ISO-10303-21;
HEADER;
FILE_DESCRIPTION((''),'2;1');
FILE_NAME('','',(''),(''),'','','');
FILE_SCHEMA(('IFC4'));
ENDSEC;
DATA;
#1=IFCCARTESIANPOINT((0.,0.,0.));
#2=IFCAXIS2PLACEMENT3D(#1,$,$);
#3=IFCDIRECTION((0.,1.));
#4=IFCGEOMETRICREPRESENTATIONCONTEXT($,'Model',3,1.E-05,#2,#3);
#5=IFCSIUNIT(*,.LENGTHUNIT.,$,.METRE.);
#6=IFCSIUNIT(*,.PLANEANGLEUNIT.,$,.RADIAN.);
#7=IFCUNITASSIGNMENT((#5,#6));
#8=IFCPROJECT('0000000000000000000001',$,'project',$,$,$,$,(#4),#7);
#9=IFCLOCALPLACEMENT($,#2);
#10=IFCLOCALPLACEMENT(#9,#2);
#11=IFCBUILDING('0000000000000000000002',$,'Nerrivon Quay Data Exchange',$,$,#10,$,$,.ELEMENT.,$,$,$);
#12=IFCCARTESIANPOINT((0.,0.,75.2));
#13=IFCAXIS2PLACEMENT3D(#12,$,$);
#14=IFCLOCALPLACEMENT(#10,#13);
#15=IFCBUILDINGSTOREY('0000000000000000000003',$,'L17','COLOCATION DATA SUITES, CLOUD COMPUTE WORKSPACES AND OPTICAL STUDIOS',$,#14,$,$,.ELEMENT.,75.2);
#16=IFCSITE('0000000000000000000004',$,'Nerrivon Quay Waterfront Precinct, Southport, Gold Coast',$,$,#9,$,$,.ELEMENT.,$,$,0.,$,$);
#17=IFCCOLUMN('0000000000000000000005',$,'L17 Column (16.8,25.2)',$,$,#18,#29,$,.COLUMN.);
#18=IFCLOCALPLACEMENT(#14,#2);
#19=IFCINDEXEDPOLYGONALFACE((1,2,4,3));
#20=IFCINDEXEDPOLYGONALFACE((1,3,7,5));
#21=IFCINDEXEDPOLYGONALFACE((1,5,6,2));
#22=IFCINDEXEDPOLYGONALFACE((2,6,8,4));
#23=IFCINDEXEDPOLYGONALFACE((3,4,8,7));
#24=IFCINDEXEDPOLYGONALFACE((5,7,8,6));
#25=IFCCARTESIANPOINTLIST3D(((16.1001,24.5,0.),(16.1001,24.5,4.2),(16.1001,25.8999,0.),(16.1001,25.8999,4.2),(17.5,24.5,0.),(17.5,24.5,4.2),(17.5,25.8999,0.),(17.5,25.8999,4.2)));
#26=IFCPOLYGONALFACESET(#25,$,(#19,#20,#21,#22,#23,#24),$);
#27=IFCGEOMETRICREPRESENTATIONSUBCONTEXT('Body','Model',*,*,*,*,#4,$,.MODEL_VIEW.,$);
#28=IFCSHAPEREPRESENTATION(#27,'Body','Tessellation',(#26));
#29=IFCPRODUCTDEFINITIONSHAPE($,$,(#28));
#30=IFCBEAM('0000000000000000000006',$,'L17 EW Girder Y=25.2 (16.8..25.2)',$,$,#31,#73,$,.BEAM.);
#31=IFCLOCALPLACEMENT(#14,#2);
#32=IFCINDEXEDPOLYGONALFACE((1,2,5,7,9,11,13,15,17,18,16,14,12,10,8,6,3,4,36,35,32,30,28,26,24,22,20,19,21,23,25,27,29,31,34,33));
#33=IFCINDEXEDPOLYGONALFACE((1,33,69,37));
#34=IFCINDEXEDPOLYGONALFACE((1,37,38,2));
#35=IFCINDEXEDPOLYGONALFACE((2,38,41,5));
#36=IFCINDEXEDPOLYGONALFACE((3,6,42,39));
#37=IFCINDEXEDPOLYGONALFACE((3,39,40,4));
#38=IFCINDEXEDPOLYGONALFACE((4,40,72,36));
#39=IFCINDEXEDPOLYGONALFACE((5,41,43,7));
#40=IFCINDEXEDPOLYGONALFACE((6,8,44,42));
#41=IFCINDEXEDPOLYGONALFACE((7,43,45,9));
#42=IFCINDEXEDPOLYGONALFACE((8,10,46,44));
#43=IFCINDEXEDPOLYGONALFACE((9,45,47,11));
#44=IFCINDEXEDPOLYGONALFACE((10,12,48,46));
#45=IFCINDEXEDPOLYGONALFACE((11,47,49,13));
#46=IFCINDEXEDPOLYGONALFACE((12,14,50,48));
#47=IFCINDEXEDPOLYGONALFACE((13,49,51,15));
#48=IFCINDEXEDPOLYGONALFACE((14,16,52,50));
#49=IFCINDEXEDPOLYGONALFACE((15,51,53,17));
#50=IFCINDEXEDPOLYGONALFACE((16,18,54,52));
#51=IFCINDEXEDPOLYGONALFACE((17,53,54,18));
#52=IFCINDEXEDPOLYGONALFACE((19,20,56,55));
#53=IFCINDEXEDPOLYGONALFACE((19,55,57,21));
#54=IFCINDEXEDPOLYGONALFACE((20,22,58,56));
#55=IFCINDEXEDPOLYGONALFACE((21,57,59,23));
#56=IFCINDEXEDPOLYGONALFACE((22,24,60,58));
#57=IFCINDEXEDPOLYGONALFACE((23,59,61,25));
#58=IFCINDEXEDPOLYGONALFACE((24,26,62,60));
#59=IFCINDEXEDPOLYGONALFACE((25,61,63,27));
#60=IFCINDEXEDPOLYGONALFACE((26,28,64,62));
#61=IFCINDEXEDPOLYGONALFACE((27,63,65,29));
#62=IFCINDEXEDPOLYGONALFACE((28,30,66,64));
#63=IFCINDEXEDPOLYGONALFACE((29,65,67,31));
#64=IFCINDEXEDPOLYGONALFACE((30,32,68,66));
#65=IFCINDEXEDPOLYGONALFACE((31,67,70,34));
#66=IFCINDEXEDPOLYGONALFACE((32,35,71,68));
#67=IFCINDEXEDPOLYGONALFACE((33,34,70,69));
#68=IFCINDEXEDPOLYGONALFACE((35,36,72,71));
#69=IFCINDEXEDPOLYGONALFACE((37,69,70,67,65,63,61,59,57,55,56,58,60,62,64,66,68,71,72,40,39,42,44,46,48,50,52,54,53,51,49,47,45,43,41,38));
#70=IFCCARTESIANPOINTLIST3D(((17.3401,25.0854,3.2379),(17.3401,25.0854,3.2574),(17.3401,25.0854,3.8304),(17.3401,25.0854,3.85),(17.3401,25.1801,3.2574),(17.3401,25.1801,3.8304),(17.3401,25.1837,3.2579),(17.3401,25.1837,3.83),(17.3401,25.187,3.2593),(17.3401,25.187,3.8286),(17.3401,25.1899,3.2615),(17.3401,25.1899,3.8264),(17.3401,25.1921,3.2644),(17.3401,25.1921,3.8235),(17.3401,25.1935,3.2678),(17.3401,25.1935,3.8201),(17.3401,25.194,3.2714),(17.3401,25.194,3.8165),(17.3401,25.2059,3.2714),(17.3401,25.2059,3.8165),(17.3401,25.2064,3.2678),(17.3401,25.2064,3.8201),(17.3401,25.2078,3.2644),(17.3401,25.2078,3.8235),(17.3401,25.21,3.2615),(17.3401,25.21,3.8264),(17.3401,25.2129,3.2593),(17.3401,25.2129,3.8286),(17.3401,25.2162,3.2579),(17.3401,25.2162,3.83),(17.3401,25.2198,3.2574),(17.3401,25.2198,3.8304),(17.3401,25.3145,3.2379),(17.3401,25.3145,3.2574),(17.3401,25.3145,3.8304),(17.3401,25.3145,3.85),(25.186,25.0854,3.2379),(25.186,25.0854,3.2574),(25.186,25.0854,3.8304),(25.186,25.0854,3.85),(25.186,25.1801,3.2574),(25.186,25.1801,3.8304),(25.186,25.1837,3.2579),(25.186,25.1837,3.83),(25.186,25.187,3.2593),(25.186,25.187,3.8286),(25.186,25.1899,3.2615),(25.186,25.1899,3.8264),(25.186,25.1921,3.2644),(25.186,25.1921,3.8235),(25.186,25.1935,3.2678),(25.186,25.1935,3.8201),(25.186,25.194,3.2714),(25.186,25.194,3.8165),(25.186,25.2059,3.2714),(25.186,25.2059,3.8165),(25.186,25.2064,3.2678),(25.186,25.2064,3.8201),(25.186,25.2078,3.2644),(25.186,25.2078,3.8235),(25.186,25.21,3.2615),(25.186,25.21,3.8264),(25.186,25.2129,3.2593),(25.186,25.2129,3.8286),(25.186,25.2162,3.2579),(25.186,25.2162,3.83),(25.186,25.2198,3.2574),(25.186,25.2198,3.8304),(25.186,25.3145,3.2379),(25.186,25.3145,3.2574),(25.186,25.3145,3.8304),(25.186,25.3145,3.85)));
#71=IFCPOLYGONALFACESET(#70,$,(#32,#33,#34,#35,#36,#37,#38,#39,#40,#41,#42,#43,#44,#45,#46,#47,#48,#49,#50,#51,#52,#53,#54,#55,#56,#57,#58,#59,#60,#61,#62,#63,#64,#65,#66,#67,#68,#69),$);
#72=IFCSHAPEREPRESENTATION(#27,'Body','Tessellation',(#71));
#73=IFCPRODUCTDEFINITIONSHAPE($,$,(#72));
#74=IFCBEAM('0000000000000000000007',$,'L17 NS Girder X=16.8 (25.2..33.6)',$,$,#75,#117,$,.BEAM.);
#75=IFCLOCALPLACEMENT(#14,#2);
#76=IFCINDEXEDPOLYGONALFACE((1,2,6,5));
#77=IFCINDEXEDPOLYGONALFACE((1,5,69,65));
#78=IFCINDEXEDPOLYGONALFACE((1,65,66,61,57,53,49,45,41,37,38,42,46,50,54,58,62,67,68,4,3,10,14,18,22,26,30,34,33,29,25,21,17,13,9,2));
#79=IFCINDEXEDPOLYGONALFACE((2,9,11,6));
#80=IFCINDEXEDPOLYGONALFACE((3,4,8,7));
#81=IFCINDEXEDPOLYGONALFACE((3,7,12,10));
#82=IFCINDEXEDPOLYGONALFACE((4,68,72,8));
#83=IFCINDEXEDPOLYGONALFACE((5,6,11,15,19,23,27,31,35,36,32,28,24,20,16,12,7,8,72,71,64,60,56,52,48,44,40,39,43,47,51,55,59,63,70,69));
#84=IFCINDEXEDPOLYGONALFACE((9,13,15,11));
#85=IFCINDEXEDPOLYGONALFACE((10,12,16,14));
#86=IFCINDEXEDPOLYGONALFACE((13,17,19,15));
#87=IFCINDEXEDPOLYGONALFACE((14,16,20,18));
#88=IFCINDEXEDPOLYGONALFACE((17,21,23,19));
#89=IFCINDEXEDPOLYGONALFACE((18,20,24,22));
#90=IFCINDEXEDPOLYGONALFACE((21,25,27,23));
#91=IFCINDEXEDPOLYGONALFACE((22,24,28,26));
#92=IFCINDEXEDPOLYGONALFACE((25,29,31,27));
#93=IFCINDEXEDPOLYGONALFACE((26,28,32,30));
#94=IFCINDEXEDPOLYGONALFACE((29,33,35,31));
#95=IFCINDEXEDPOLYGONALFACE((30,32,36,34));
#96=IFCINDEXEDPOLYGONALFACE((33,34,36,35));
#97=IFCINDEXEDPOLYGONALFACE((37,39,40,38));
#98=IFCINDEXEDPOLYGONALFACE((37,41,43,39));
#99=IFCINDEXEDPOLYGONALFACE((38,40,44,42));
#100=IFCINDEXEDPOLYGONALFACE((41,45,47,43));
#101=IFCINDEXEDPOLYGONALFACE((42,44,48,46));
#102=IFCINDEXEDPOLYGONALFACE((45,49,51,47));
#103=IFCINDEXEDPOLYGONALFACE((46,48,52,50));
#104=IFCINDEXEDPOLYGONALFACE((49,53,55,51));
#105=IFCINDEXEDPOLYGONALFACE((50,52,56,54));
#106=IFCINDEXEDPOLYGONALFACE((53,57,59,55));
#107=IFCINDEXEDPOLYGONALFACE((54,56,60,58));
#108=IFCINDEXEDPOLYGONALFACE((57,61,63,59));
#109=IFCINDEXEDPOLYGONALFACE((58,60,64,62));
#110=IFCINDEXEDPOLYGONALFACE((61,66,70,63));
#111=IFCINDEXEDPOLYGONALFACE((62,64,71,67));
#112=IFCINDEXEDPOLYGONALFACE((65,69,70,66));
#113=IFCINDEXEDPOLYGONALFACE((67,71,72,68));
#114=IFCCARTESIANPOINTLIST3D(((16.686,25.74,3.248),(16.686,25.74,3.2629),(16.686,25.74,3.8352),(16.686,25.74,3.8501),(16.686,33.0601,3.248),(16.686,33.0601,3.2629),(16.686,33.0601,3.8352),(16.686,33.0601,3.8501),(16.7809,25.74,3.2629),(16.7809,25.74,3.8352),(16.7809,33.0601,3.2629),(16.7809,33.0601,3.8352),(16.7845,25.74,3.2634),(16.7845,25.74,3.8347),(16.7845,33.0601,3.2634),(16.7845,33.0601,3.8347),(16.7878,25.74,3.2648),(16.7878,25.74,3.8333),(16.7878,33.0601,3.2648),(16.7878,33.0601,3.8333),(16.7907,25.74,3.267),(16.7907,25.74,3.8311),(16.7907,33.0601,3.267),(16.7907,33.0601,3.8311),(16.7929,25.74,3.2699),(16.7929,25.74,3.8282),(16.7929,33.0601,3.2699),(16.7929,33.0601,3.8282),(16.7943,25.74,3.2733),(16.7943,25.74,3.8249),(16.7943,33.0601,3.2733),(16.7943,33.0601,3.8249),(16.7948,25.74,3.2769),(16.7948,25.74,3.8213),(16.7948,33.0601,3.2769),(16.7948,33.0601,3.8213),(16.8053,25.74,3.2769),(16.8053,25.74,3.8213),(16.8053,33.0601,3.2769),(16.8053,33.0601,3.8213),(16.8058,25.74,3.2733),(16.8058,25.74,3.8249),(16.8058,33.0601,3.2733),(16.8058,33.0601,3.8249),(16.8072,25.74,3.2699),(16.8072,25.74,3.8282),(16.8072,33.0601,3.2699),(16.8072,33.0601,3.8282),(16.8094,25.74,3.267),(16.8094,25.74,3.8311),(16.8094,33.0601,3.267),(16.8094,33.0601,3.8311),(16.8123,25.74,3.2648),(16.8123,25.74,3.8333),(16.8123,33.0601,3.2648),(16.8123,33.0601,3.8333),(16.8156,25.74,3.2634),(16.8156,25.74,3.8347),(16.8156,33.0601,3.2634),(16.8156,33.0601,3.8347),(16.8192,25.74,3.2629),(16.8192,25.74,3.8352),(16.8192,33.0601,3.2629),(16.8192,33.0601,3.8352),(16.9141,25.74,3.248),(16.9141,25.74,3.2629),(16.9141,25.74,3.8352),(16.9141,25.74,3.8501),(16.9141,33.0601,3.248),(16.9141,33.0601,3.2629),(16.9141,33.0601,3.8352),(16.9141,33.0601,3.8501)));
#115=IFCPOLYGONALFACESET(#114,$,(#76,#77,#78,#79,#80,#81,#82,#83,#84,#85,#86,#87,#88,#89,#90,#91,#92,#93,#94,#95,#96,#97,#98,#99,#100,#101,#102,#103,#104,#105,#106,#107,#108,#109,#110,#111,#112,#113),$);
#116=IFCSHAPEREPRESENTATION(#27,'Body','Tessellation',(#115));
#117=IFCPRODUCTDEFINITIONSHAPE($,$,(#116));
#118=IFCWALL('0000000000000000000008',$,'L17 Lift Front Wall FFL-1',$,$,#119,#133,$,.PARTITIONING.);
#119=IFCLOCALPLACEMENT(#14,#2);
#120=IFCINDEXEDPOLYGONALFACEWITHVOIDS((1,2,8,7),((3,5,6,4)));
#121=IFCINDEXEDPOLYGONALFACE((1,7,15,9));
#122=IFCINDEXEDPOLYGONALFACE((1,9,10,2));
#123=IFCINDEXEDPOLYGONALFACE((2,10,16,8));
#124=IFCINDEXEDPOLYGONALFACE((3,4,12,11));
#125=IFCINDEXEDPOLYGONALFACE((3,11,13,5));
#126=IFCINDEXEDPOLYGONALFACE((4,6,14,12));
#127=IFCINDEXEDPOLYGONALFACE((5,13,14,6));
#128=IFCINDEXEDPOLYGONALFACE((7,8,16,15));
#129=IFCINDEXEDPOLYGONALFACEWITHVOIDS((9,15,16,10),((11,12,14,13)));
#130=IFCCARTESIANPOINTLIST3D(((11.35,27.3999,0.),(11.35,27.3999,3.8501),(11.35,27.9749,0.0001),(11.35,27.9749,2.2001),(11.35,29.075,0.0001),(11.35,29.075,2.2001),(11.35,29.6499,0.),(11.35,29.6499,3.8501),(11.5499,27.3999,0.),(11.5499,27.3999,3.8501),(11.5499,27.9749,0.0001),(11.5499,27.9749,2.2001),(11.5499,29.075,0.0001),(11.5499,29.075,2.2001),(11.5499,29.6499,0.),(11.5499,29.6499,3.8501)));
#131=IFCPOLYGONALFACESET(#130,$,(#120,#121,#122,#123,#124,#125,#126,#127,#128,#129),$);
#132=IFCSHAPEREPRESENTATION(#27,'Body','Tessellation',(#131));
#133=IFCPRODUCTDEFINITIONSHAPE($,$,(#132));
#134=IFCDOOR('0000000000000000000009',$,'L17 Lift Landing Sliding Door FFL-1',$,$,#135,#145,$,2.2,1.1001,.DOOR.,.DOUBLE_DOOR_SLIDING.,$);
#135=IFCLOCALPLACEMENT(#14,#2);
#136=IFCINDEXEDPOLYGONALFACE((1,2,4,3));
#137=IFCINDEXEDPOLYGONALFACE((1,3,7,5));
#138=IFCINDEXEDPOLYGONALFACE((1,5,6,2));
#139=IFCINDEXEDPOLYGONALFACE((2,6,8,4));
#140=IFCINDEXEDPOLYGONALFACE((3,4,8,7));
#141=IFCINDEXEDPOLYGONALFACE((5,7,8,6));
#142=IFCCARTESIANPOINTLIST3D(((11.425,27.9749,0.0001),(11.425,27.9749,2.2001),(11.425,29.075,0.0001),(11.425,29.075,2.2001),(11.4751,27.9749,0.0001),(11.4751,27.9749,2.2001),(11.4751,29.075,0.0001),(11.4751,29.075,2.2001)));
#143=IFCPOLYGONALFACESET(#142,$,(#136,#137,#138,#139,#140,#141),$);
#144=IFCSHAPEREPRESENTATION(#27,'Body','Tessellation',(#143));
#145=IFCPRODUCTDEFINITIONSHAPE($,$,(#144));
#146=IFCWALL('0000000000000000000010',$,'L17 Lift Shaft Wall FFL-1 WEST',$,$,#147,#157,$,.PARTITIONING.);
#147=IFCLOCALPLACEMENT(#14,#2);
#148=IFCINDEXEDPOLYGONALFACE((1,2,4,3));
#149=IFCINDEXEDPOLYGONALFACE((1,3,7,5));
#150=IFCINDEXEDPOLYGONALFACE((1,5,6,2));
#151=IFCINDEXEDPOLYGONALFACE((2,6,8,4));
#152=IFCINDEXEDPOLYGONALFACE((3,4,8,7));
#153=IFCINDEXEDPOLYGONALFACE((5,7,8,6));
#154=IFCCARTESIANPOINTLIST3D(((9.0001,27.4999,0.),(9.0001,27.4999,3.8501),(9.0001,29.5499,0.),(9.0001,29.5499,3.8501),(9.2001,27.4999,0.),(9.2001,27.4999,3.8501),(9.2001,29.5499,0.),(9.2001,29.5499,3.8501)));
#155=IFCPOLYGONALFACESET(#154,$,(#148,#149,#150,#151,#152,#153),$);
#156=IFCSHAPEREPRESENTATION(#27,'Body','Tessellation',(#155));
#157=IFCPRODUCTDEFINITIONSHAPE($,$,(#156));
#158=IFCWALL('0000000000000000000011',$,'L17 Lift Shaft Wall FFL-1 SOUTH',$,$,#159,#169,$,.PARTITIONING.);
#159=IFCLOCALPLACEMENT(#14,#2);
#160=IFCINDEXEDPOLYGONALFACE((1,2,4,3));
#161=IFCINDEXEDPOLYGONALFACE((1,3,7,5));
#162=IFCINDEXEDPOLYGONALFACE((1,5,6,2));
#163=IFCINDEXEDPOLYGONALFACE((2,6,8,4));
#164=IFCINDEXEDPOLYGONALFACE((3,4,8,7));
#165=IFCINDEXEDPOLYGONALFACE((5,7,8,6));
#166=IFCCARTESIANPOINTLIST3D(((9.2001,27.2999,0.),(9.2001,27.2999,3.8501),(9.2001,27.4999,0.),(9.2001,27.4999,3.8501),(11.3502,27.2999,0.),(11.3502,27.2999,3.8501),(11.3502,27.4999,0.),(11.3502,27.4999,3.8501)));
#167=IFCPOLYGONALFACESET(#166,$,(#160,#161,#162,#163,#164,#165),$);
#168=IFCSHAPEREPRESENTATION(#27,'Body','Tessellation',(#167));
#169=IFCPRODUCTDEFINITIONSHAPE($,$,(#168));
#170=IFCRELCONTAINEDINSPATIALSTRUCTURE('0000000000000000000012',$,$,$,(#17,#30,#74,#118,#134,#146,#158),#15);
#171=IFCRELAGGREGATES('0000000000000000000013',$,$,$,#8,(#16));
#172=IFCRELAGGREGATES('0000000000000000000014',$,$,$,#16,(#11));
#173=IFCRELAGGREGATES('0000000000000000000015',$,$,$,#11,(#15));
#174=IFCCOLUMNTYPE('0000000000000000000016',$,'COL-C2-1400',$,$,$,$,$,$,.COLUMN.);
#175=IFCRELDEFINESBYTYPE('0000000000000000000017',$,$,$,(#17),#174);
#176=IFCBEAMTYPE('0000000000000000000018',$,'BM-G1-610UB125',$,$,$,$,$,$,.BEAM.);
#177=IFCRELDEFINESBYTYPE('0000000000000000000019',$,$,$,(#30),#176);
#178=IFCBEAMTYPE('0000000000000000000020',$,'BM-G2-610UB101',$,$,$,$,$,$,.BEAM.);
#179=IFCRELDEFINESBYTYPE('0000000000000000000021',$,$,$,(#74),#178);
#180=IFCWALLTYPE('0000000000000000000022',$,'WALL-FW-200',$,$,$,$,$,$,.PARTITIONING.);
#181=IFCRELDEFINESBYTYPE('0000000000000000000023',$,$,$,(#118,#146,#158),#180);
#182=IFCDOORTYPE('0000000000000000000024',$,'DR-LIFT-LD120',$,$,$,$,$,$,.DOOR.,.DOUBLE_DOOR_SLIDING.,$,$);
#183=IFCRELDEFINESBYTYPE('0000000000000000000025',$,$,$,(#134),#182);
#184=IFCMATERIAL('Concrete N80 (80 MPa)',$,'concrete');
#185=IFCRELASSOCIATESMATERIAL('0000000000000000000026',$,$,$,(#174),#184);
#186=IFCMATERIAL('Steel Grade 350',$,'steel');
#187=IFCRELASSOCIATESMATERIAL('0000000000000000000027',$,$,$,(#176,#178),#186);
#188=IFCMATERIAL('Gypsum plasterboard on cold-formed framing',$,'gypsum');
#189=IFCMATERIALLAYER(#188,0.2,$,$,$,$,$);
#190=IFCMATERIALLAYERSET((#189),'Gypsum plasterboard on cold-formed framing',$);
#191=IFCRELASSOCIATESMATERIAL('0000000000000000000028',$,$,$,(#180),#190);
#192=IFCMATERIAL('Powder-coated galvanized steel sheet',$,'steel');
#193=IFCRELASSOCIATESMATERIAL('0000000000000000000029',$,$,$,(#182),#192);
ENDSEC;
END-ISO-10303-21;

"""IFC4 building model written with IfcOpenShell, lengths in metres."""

from ifc_helpers import new_model, si_unit, direction, frame, frame_2d, origin, origin_2d, place, context, subcontext, project, spatial, rectangle, i_section, extrude, material, layer, layer_set, material_profile, profile_set, type_object, element, fill, save


model = new_model("IFC4")

# Units and contexts
model_context = context("Model", 3, precision=1e-05, world=origin(), true_north=direction((0.0, 1.0)))
body_context = subcontext(model_context, "Body", "Model", "MODEL_VIEW")
ifc_project = project(units=[si_unit("LENGTHUNIT", "METRE"), si_unit("PLANEANGLEUNIT", "RADIAN")], contexts=[model_context])

# Site, building, storey
site_placement = place(None, origin())
site = spatial("IfcSite", under=ifc_project, at=site_placement, Name="Nerrivon Quay Waterfront Precinct, Southport, Gold Coast", CompositionType="ELEMENT", RefElevation=0.0)
building_placement = place(site_placement, origin())
building = spatial("IfcBuilding", under=site, at=building_placement, Name="Nerrivon Quay Data Exchange", CompositionType="ELEMENT")
storey_placement = place(building_placement, frame((0.0, 0.0, 75.2)))
storey = spatial("IfcBuildingStorey", under=building, at=storey_placement, Name="L17", Description="COLOCATION DATA SUITES, CLOUD COMPUTE WORKSPACES AND OPTICAL STUDIOS", CompositionType="ELEMENT", Elevation=75.2)

# Column
ifc_material_1 = material(Name="Concrete N80 (80 MPa)", Category="concrete")
ifc_material_profile_1 = material_profile(ifc_material_1, rectangle(XDim=1.3999, YDim=1.3999, at=origin_2d()), Name="RC-COL-1400x1400")
ifc_profile_set_1 = profile_set([ifc_material_profile_1], Name="Concrete N80 (80 MPa)")
column_type = type_object("IfcColumnType", Name="COL-C2-1400", PredefinedType="COLUMN", material=ifc_profile_set_1)
column_placement = place(storey_placement, frame((16.8, 25.2, 0.0), z_axis=(0.0, 0.0, 1.0), x_axis=(1.0, 0.0, 0.0)))
element("IfcColumn", 1, at=column_placement, inside=storey, type_object=column_type, Name="L17 Column (16.8,25.2)", PredefinedType="COLUMN", context=body_context, shape_type="SweptSolid", body=[
    extrude(rectangle(XDim=1.3999, YDim=1.3999, at=origin_2d()), origin(), (0.0, 0.0, 1.0), 4.2),
])

# Beams
ifc_material_2 = material(Name="Steel Grade 350", Category="steel")
ifc_material_profile_2 = material_profile(ifc_material_2, i_section(OverallWidth=0.229, OverallDepth=0.6121, WebThickness=0.012, FlangeThickness=0.0195, FilletRadius=0.0139, at=origin_2d()), Name="610UB125")
ifc_profile_set_2 = profile_set([ifc_material_profile_2], Name="Steel Grade 350")
beam_type_1 = type_object("IfcBeamType", Name="BM-G1-610UB125", PredefinedType="BEAM", material=ifc_profile_set_2)
beam_1_placement = place(storey_placement, frame((17.3401, 25.2, 3.5439), z_axis=(1.0, 0.0, 0.0), x_axis=(0.0, 1.0, 0.0)))
element("IfcBeam", 2, at=beam_1_placement, inside=storey, type_object=beam_type_1, Name="L17 EW Girder Y=25.2 (16.8..25.2)", PredefinedType="BEAM", context=body_context, shape_type="SweptSolid", body=[
    extrude(i_section(OverallWidth=0.229, OverallDepth=0.6121, WebThickness=0.012, FlangeThickness=0.0195, FilletRadius=0.0139, at=origin_2d()), origin(), (0.0, 0.0, 1.0), 7.8459),
])
ifc_material_profile_3 = material_profile(ifc_material_2, i_section(OverallWidth=0.228, OverallDepth=0.6021, WebThickness=0.0105, FlangeThickness=0.0149, FilletRadius=0.0139, at=origin_2d()), Name="610UB101")
ifc_profile_set_3 = profile_set([ifc_material_profile_3], Name="Steel Grade 350")
beam_type_2 = type_object("IfcBeamType", Name="BM-G2-610UB101", PredefinedType="BEAM", material=ifc_profile_set_3)
beam_2_placement = place(storey_placement, frame((16.8, 25.74, 3.5491), z_axis=(0.0, 1.0, 0.0), x_axis=(-1.0, 0.0, 0.0)))
element("IfcBeam", 3, at=beam_2_placement, inside=storey, type_object=beam_type_2, Name="L17 NS Girder X=16.8 (25.2..33.6)", PredefinedType="BEAM", context=body_context, shape_type="SweptSolid", body=[
    extrude(i_section(OverallWidth=0.228, OverallDepth=0.6021, WebThickness=0.0105, FlangeThickness=0.0149, FilletRadius=0.0139, at=origin_2d()), origin(), (0.0, 0.0, 1.0), 7.3201),
])

# Wall, opening, door
ifc_material_3 = material(Name="Powder-coated galvanized steel sheet", Category="steel")
ifc_material_4 = material(Name="Gypsum plasterboard on cold-formed framing", Category="gypsum")
ifc_layer_1 = layer(ifc_material_4, 0.2)
ifc_layer_set_1 = layer_set([ifc_layer_1], Name="Gypsum plasterboard on cold-formed framing")
wall_type_1 = type_object("IfcWallType", Name="WALL-FW-200", PredefinedType="PARTITIONING", material=ifc_layer_set_1)
wall_1_placement = place(storey_placement, frame((11.45, 27.3999, 0.0), z_axis=(0.0, 0.0, 1.0), x_axis=(0.0, 1.0, 0.0)))
wall_1 = element("IfcWall", 4, at=wall_1_placement, inside=storey, type_object=wall_type_1, Name="L17 Lift Front Wall FFL-1", PredefinedType="PARTITIONING", context=body_context, shape_type="SweptSolid", body=[
    extrude(rectangle(XDim=2.25, YDim=0.2, at=frame_2d((1.125, 0.0))), origin(), (0.0, 0.0, 1.0), 3.8501),
])
opening_1_placement = place(wall_1_placement, frame((0.575, 0.0, 0.0)))
opening_1 = element("IfcOpeningElement", 5, at=opening_1_placement, cuts=wall_1, PredefinedType="OPENING", context=body_context, shape_type="SweptSolid", body=[
    extrude(rectangle(XDim=1.1001, YDim=2.2, at=frame_2d((0.55, 1.1001))), frame((0.0, 0.1099, 0.0), z_axis=(0.0, -1.0, 0.0), x_axis=(1.0, 0.0, 0.0)), (0.0, 0.0, 1.0), 0.22),
])
door_type_1 = type_object("IfcDoorType", Name="DR-LIFT-LD120", OperationType="DOUBLE_DOOR_SLIDING", PredefinedType="DOOR", material=ifc_material_3)
door_1_placement = place(opening_1_placement, origin())
door_1 = element("IfcDoor", 6, at=door_1_placement, inside=storey, type_object=door_type_1, Name="L17 Lift Landing Sliding Door FFL-1", OperationType="DOUBLE_DOOR_SLIDING", OverallHeight=2.2, OverallWidth=1.1001, PredefinedType="DOOR", context=body_context, shape_type="SweptSolid", body=[
    extrude(rectangle(XDim=1.1001, YDim=2.2, at=frame_2d((0.55, 1.1001))), frame((0.0, 0.0249, 0.0), z_axis=(0.0, -1.0, 0.0), x_axis=(1.0, 0.0, 0.0)), (0.0, 0.0, 1.0), 0.05),
])
fill(opening_1, door_1)

# Walls
wall_2_placement = place(storey_placement, frame((9.1001, 27.5, 0.0), z_axis=(0.0, 0.0, 1.0), x_axis=(0.0, 1.0, 0.0)))
element("IfcWall", 7, at=wall_2_placement, inside=storey, type_object=wall_type_1, Name="L17 Lift Shaft Wall FFL-1 WEST", PredefinedType="PARTITIONING", context=body_context, shape_type="SweptSolid", body=[
    extrude(rectangle(XDim=2.05, YDim=0.2, at=frame_2d((1.0249, 0.0))), origin(), (0.0, 0.0, 1.0), 3.8501),
])
wall_3_placement = place(storey_placement, frame((9.2, 27.3999, 0.0), z_axis=(0.0, 0.0, 1.0), x_axis=(1.0, 0.0, 0.0)))
element("IfcWall", 8, at=wall_3_placement, inside=storey, type_object=wall_type_1, Name="L17 Lift Shaft Wall FFL-1 SOUTH", PredefinedType="PARTITIONING", context=body_context, shape_type="SweptSolid", body=[
    extrude(rectangle(XDim=2.1501, YDim=0.2, at=frame_2d((1.0752, 0.0))), origin(), (0.0, 0.0, 1.0), 3.8501),
])

save(model, "model.ifc")
